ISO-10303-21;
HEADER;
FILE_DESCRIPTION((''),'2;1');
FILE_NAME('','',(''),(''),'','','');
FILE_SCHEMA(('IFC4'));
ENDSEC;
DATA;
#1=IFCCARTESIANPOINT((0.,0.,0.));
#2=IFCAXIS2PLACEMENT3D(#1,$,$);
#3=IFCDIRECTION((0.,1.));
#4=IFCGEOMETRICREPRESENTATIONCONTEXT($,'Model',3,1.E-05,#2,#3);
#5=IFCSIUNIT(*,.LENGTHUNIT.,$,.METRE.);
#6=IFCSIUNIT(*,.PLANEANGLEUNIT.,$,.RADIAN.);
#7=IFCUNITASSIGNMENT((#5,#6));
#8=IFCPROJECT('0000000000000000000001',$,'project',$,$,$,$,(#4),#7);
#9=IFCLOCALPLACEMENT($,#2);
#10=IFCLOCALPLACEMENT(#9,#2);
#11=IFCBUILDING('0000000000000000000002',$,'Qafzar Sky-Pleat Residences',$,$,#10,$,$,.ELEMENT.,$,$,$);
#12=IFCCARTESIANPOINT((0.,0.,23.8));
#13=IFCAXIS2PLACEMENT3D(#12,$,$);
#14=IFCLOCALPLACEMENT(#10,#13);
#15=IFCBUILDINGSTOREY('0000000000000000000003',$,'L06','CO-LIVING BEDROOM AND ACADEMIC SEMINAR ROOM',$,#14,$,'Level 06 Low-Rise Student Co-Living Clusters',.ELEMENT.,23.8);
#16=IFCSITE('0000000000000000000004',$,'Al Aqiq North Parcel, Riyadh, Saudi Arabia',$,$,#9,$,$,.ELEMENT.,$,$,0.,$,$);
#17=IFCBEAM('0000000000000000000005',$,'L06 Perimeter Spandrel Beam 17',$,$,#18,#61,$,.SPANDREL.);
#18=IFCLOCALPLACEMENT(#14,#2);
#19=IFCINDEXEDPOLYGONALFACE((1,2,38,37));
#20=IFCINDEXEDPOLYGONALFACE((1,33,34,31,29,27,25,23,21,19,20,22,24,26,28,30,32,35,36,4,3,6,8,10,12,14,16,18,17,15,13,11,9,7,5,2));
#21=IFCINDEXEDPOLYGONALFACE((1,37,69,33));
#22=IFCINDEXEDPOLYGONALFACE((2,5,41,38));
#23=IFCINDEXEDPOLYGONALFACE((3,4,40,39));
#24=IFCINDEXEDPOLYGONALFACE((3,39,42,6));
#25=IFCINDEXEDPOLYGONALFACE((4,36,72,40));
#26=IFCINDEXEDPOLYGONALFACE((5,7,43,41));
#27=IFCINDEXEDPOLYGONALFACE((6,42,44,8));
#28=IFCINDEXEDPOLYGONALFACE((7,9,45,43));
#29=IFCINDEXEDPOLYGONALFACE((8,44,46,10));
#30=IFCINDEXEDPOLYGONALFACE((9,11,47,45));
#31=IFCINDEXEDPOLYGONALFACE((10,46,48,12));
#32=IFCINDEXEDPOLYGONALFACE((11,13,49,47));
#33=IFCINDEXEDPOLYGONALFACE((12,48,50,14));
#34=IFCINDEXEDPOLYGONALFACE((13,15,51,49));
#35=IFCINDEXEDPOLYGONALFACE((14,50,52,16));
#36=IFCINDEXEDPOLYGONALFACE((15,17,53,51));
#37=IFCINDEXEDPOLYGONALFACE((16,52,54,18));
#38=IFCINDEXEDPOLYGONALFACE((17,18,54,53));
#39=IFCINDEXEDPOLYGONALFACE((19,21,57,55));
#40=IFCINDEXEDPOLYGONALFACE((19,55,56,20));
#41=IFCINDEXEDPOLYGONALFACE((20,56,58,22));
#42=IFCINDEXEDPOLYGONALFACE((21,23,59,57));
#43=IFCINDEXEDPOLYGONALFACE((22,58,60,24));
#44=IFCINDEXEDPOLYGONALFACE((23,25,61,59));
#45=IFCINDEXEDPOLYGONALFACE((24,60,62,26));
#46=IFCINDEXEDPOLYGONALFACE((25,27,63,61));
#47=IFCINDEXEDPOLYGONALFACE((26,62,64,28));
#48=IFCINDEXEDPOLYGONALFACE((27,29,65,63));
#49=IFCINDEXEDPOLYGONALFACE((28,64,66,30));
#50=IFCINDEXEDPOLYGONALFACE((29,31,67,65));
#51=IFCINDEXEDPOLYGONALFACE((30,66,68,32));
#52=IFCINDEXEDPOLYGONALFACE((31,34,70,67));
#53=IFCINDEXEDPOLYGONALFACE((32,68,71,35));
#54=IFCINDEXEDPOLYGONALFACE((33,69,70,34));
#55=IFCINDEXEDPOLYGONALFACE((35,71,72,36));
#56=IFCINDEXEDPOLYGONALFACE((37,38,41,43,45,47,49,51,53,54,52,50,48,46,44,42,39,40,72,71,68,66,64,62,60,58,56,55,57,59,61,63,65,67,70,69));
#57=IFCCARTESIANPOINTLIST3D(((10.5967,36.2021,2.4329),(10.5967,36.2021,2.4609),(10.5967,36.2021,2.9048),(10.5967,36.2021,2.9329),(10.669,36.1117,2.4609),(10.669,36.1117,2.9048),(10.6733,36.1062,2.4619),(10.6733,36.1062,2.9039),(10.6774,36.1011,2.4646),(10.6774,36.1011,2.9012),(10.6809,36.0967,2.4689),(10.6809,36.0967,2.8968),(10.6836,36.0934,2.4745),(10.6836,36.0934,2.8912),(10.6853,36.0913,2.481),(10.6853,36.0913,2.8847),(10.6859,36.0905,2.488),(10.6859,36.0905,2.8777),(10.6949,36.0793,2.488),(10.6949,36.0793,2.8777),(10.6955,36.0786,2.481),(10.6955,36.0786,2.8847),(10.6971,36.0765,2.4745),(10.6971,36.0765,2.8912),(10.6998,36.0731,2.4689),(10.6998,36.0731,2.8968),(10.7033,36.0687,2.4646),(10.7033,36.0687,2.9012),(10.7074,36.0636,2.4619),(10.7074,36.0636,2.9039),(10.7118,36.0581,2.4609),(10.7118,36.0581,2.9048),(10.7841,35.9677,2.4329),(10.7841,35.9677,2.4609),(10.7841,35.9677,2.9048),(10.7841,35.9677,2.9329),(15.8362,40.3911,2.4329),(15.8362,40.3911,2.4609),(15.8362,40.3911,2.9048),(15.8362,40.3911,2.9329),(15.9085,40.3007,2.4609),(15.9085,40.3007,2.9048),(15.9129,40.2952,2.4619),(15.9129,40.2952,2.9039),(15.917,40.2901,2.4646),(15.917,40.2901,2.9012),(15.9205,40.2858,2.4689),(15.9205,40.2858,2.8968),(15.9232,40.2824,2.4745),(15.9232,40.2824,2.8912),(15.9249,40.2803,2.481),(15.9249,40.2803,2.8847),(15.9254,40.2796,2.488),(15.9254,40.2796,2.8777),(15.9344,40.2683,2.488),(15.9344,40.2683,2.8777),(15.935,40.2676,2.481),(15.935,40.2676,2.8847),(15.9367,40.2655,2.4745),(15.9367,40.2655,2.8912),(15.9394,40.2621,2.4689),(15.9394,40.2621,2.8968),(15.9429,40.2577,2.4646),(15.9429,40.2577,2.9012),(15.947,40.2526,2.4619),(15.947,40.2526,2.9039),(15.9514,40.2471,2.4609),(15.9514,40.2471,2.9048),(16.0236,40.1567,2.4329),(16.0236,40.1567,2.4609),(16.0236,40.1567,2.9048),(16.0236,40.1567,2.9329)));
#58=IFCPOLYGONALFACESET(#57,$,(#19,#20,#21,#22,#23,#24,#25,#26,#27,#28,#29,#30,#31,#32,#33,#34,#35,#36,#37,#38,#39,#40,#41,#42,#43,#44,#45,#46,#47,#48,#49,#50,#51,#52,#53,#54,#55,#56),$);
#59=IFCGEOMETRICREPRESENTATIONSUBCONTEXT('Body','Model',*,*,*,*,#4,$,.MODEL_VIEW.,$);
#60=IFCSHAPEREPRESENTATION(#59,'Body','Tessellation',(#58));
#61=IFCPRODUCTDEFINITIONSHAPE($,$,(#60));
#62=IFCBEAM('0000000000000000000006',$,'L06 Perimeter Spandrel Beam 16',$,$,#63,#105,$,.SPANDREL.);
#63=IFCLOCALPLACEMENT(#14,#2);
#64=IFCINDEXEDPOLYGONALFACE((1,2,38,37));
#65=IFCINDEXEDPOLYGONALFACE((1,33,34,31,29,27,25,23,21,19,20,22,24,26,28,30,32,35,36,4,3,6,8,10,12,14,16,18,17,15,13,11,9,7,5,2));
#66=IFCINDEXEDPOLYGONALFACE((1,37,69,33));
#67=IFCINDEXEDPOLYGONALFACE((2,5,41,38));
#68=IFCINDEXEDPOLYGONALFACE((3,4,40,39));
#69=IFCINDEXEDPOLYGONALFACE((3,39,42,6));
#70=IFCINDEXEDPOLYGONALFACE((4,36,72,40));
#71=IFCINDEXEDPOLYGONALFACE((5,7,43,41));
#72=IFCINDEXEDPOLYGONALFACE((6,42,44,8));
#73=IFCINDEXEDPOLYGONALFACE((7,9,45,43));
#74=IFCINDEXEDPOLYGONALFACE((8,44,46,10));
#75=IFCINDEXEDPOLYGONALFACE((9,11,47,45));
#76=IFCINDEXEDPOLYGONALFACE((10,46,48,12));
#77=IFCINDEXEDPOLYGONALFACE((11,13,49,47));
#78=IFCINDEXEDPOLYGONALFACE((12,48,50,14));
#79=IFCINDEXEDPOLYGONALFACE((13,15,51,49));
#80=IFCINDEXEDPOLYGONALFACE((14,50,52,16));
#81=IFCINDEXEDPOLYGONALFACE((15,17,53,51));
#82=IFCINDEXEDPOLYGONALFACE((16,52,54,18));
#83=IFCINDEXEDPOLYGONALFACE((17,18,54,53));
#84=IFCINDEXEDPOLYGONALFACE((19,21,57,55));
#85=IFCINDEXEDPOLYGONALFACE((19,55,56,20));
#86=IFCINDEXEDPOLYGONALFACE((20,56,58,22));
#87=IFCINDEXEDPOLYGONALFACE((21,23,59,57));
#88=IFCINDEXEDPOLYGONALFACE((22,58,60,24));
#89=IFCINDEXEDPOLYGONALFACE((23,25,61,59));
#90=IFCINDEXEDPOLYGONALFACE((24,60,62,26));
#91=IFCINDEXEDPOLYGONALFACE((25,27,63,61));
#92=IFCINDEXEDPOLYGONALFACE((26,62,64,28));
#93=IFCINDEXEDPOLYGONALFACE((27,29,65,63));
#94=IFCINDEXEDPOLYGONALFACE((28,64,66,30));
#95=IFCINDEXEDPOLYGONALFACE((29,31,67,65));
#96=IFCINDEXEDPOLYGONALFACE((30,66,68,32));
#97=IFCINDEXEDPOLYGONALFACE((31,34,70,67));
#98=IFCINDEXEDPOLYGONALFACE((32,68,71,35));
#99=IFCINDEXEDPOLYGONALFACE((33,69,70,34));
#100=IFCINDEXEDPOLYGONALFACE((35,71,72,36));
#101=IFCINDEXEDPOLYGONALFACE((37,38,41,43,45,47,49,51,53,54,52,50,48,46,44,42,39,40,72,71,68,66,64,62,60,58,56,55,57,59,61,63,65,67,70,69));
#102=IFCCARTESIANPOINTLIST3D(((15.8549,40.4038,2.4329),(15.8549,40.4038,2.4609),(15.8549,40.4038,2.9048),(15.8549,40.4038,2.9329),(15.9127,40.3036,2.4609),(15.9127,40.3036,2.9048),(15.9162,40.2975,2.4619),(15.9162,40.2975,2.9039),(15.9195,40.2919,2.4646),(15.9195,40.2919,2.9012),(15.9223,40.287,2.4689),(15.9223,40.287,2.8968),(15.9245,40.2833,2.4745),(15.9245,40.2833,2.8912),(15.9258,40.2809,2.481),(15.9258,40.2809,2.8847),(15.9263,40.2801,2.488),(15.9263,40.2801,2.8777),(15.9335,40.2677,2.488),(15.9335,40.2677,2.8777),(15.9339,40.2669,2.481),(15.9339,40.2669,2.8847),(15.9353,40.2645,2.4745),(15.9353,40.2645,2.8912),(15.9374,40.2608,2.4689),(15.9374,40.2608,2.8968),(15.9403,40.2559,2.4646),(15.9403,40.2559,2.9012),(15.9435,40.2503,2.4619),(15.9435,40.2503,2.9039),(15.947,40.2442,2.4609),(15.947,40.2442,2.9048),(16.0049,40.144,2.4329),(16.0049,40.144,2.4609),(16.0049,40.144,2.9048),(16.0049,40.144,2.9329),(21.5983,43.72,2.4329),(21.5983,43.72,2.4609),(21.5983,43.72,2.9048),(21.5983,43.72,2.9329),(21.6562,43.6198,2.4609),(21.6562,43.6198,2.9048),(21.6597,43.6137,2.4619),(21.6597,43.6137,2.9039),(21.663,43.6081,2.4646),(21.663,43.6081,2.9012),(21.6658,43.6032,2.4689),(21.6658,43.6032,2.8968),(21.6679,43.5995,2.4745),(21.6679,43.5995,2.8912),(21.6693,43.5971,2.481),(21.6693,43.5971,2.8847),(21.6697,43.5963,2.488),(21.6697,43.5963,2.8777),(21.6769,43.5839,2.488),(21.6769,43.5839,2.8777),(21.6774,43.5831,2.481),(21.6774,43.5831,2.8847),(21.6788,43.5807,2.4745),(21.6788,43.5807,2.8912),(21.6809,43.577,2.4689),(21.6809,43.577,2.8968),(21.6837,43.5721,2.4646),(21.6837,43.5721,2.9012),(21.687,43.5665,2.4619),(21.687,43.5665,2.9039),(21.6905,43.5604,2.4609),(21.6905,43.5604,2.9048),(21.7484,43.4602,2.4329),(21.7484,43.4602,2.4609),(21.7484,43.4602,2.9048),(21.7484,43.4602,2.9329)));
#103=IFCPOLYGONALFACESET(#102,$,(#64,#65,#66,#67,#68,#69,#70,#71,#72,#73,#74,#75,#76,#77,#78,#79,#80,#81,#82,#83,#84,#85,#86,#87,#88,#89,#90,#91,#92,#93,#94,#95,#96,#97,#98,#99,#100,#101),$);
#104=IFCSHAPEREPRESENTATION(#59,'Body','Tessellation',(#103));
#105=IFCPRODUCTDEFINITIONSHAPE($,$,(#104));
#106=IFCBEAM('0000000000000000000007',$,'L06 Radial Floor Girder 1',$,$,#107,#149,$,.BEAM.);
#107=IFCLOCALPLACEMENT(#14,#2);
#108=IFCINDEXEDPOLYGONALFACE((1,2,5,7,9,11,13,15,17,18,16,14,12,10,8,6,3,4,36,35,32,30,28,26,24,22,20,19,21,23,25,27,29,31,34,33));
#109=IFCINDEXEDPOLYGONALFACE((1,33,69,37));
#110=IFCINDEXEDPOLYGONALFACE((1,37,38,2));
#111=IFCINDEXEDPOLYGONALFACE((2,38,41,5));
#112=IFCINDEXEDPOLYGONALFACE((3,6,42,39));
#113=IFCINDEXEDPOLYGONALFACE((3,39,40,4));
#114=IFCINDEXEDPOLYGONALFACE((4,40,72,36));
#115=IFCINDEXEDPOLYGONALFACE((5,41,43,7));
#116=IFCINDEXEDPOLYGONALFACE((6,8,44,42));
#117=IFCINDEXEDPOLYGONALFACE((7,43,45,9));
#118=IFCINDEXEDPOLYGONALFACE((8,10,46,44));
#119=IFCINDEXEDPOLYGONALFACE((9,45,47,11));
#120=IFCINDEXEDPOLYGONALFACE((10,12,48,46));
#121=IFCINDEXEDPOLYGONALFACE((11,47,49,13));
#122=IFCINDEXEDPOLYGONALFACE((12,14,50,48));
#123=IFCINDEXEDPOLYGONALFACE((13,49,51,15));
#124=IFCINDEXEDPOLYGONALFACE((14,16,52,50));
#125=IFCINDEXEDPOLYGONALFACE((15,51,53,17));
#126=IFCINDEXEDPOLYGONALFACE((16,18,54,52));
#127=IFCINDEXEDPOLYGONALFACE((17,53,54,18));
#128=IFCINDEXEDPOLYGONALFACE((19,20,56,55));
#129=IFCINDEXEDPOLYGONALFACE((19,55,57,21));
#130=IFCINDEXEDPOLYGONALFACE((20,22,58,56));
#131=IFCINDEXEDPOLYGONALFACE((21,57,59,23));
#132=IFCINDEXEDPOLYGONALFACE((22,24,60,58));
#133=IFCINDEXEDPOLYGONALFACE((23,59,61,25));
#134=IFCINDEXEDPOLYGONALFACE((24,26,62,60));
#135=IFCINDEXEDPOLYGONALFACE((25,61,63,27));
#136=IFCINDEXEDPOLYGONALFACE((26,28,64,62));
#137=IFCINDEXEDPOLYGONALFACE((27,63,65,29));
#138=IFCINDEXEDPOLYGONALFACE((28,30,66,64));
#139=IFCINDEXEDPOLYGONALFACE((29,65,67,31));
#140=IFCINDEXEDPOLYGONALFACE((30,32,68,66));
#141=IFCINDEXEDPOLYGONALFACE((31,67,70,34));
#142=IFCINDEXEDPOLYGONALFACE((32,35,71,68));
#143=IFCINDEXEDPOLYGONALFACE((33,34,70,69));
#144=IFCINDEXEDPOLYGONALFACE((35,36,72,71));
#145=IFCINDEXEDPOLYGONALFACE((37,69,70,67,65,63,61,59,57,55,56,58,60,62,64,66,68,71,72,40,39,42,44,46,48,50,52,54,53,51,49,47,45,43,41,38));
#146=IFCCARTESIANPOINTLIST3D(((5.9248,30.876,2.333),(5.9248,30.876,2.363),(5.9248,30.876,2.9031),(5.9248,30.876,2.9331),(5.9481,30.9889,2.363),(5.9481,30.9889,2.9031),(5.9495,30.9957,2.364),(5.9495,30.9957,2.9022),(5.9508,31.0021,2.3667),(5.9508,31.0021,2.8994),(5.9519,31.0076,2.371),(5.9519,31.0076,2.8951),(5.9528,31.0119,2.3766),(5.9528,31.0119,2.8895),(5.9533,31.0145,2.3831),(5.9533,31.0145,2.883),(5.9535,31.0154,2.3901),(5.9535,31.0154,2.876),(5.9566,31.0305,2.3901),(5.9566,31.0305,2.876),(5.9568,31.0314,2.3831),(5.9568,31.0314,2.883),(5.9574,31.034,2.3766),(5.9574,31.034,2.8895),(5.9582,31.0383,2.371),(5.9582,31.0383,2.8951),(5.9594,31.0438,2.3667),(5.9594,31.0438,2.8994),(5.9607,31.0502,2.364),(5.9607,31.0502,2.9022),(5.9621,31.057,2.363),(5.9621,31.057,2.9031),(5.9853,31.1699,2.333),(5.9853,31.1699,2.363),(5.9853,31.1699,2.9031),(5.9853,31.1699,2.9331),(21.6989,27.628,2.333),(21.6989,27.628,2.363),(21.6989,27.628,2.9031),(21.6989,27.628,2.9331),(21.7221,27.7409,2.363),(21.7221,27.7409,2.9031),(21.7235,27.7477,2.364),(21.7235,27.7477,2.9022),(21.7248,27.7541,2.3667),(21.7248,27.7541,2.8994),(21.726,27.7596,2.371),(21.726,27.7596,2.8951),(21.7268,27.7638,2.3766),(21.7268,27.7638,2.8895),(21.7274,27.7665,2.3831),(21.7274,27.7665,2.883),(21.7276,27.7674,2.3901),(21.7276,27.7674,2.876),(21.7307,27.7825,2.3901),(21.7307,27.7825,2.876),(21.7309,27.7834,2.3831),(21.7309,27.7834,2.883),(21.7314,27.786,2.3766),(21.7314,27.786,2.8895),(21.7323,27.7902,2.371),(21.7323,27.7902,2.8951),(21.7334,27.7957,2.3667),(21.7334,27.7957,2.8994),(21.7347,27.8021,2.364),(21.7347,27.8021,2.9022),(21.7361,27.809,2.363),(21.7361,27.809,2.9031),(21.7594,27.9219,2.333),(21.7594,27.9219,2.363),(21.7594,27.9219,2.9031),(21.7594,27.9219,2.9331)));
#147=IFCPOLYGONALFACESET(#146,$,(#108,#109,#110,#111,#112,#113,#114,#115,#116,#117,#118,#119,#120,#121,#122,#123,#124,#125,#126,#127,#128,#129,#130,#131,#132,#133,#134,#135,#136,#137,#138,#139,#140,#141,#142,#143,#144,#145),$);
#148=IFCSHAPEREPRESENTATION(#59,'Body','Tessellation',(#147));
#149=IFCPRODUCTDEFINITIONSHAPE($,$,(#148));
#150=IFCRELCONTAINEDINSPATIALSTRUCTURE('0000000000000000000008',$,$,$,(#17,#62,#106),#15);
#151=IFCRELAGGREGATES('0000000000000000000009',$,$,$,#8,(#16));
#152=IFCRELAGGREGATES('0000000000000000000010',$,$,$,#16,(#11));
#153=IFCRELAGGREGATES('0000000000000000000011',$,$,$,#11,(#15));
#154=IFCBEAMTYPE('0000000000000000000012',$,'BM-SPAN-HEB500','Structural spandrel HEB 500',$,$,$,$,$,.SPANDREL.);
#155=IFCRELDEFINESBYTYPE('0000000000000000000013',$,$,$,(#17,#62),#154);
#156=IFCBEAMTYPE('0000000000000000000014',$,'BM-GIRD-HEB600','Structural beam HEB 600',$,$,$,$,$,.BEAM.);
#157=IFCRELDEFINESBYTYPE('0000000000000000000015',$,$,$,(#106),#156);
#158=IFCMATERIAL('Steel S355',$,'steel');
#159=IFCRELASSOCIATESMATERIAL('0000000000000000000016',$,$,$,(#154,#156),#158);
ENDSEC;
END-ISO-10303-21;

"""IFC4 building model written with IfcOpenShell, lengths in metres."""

from ifc_helpers import new_model, si_unit, direction, frame, origin, origin_2d, place, context, subcontext, project, spatial, i_section, extrude, source, transform, mapped, material, material_profile, profile_set, type_object, element, save


model = new_model("IFC4")

# Units and contexts
model_context = context("Model", 3, precision=1e-05, world=origin(), true_north=direction((0.0, 1.0)))
body_context = subcontext(model_context, "Body", "Model", "MODEL_VIEW")
ifc_project = project(units=[si_unit("LENGTHUNIT", "METRE"), si_unit("PLANEANGLEUNIT", "RADIAN")], contexts=[model_context])

# Site, building, storey
site_placement = place(None, origin())
site = spatial("IfcSite", under=ifc_project, at=site_placement, Name="Al Aqiq North Parcel, Riyadh, Saudi Arabia", CompositionType="ELEMENT", RefElevation=0.0)
building_placement = place(site_placement, origin())
building = spatial("IfcBuilding", under=site, at=building_placement, Name="Qafzar Sky-Pleat Residences", CompositionType="ELEMENT")
storey_placement = place(building_placement, frame((0.0, 0.0, 23.8)))
storey = spatial("IfcBuildingStorey", under=building, at=storey_placement, Name="L06", Description="CO-LIVING BEDROOM AND ACADEMIC SEMINAR ROOM", LongName="Level 06 Low-Rise Student Co-Living Clusters", CompositionType="ELEMENT", Elevation=23.8)

# Beams
ifc_material_1 = material(Name="Steel S355", Category="steel")
ifc_material_profile_1 = material_profile(ifc_material_1, i_section(OverallWidth=0.3, OverallDepth=0.5, WebThickness=0.0144, FlangeThickness=0.0281, FilletRadius=0.0271, at=origin_2d()), Name="HEB 500")
ifc_profile_set_1 = profile_set([ifc_material_profile_1], Name="Steel S355")
beam_type_1 = type_object("IfcBeamType", Name="BM-SPAN-HEB500", Description="Structural spandrel HEB 500", PredefinedType="SPANDREL", material=ifc_profile_set_1)
shared_shape_1 = source(origin(), body_context, "Body", "SweptSolid", [
    extrude(i_section(OverallWidth=0.3, OverallDepth=0.5, WebThickness=0.0144, FlangeThickness=0.0281, FilletRadius=0.0271, at=origin_2d()), origin(), (0.0, 0.0, 1.0), 6.7083),
])
beam_1_placement = place(storey_placement, frame((15.9299, 40.2739, 2.6829), z_axis=(-0.781061, -0.624455, 0.0), x_axis=(0.624455, -0.781061, 0.0)))
element("IfcBeam", 1, at=beam_1_placement, inside=storey, type_object=beam_type_1, Name="L06 Perimeter Spandrel Beam 17", PredefinedType="SPANDREL", context=body_context, shape_type="MappedRepresentation", body=[
    mapped(shared_shape_1, transform((0.0, 0.0, 0.0), x_axis=(1.0, 0.0, 0.0), y_axis=(0.0, 1.0, 0.0), z_axis=(0.0, 0.0, 1.0), scale=1.0)),
])
shared_shape_2 = source(origin(), body_context, "Body", "SweptSolid", [
    extrude(i_section(OverallWidth=0.3, OverallDepth=0.5, WebThickness=0.0144, FlangeThickness=0.0281, FilletRadius=0.0271, at=origin_2d()), origin(), (0.0, 0.0, 1.0), 6.6321),
])
beam_2_placement = place(storey_placement, frame((21.6733, 43.5901, 2.6829), z_axis=(-0.866012, -0.500023, 0.0), x_axis=(0.500023, -0.866012, 0.0)))
element("IfcBeam", 2, at=beam_2_placement, inside=storey, type_object=beam_type_1, Name="L06 Perimeter Spandrel Beam 16", PredefinedType="SPANDREL", context=body_context, shape_type="MappedRepresentation", body=[
    mapped(shared_shape_2, transform((0.0, 0.0, 0.0), x_axis=(1.0, 0.0, 0.0), y_axis=(0.0, 1.0, 0.0), z_axis=(0.0, 0.0, 1.0), scale=1.0)),
])
ifc_material_profile_2 = material_profile(ifc_material_1, i_section(OverallWidth=0.3, OverallDepth=0.6001, WebThickness=0.0154, FlangeThickness=0.03, FilletRadius=0.0271, at=origin_2d()), Name="HEB 600")
ifc_profile_set_2 = profile_set([ifc_material_profile_2], Name="Steel S355")
beam_type_2 = type_object("IfcBeamType", Name="BM-GIRD-HEB600", Description="Structural beam HEB 600", PredefinedType="BEAM", material=ifc_profile_set_2)
shared_shape_3 = source(origin(), body_context, "Body", "SweptSolid", [
    extrude(i_section(OverallWidth=0.3, OverallDepth=0.6001, WebThickness=0.0154, FlangeThickness=0.03, FilletRadius=0.0271, at=origin_2d()), origin(), (0.0, 0.0, 1.0), 16.105),
])
beam_3_placement = place(storey_placement, frame((5.9551, 31.0229, 2.6331), z_axis=(0.979452, -0.201678, 0.0), x_axis=(0.201678, 0.979452, 0.0)))
element("IfcBeam", 3, at=beam_3_placement, inside=storey, type_object=beam_type_2, Name="L06 Radial Floor Girder 1", PredefinedType="BEAM", context=body_context, shape_type="MappedRepresentation", body=[
    mapped(shared_shape_3, transform((0.0, 0.0, 0.0), x_axis=(1.0, 0.0, 0.0), y_axis=(0.0, 1.0, 0.0), z_axis=(0.0, 0.0, 1.0), scale=1.0)),
])

save(model, "model.ifc")
